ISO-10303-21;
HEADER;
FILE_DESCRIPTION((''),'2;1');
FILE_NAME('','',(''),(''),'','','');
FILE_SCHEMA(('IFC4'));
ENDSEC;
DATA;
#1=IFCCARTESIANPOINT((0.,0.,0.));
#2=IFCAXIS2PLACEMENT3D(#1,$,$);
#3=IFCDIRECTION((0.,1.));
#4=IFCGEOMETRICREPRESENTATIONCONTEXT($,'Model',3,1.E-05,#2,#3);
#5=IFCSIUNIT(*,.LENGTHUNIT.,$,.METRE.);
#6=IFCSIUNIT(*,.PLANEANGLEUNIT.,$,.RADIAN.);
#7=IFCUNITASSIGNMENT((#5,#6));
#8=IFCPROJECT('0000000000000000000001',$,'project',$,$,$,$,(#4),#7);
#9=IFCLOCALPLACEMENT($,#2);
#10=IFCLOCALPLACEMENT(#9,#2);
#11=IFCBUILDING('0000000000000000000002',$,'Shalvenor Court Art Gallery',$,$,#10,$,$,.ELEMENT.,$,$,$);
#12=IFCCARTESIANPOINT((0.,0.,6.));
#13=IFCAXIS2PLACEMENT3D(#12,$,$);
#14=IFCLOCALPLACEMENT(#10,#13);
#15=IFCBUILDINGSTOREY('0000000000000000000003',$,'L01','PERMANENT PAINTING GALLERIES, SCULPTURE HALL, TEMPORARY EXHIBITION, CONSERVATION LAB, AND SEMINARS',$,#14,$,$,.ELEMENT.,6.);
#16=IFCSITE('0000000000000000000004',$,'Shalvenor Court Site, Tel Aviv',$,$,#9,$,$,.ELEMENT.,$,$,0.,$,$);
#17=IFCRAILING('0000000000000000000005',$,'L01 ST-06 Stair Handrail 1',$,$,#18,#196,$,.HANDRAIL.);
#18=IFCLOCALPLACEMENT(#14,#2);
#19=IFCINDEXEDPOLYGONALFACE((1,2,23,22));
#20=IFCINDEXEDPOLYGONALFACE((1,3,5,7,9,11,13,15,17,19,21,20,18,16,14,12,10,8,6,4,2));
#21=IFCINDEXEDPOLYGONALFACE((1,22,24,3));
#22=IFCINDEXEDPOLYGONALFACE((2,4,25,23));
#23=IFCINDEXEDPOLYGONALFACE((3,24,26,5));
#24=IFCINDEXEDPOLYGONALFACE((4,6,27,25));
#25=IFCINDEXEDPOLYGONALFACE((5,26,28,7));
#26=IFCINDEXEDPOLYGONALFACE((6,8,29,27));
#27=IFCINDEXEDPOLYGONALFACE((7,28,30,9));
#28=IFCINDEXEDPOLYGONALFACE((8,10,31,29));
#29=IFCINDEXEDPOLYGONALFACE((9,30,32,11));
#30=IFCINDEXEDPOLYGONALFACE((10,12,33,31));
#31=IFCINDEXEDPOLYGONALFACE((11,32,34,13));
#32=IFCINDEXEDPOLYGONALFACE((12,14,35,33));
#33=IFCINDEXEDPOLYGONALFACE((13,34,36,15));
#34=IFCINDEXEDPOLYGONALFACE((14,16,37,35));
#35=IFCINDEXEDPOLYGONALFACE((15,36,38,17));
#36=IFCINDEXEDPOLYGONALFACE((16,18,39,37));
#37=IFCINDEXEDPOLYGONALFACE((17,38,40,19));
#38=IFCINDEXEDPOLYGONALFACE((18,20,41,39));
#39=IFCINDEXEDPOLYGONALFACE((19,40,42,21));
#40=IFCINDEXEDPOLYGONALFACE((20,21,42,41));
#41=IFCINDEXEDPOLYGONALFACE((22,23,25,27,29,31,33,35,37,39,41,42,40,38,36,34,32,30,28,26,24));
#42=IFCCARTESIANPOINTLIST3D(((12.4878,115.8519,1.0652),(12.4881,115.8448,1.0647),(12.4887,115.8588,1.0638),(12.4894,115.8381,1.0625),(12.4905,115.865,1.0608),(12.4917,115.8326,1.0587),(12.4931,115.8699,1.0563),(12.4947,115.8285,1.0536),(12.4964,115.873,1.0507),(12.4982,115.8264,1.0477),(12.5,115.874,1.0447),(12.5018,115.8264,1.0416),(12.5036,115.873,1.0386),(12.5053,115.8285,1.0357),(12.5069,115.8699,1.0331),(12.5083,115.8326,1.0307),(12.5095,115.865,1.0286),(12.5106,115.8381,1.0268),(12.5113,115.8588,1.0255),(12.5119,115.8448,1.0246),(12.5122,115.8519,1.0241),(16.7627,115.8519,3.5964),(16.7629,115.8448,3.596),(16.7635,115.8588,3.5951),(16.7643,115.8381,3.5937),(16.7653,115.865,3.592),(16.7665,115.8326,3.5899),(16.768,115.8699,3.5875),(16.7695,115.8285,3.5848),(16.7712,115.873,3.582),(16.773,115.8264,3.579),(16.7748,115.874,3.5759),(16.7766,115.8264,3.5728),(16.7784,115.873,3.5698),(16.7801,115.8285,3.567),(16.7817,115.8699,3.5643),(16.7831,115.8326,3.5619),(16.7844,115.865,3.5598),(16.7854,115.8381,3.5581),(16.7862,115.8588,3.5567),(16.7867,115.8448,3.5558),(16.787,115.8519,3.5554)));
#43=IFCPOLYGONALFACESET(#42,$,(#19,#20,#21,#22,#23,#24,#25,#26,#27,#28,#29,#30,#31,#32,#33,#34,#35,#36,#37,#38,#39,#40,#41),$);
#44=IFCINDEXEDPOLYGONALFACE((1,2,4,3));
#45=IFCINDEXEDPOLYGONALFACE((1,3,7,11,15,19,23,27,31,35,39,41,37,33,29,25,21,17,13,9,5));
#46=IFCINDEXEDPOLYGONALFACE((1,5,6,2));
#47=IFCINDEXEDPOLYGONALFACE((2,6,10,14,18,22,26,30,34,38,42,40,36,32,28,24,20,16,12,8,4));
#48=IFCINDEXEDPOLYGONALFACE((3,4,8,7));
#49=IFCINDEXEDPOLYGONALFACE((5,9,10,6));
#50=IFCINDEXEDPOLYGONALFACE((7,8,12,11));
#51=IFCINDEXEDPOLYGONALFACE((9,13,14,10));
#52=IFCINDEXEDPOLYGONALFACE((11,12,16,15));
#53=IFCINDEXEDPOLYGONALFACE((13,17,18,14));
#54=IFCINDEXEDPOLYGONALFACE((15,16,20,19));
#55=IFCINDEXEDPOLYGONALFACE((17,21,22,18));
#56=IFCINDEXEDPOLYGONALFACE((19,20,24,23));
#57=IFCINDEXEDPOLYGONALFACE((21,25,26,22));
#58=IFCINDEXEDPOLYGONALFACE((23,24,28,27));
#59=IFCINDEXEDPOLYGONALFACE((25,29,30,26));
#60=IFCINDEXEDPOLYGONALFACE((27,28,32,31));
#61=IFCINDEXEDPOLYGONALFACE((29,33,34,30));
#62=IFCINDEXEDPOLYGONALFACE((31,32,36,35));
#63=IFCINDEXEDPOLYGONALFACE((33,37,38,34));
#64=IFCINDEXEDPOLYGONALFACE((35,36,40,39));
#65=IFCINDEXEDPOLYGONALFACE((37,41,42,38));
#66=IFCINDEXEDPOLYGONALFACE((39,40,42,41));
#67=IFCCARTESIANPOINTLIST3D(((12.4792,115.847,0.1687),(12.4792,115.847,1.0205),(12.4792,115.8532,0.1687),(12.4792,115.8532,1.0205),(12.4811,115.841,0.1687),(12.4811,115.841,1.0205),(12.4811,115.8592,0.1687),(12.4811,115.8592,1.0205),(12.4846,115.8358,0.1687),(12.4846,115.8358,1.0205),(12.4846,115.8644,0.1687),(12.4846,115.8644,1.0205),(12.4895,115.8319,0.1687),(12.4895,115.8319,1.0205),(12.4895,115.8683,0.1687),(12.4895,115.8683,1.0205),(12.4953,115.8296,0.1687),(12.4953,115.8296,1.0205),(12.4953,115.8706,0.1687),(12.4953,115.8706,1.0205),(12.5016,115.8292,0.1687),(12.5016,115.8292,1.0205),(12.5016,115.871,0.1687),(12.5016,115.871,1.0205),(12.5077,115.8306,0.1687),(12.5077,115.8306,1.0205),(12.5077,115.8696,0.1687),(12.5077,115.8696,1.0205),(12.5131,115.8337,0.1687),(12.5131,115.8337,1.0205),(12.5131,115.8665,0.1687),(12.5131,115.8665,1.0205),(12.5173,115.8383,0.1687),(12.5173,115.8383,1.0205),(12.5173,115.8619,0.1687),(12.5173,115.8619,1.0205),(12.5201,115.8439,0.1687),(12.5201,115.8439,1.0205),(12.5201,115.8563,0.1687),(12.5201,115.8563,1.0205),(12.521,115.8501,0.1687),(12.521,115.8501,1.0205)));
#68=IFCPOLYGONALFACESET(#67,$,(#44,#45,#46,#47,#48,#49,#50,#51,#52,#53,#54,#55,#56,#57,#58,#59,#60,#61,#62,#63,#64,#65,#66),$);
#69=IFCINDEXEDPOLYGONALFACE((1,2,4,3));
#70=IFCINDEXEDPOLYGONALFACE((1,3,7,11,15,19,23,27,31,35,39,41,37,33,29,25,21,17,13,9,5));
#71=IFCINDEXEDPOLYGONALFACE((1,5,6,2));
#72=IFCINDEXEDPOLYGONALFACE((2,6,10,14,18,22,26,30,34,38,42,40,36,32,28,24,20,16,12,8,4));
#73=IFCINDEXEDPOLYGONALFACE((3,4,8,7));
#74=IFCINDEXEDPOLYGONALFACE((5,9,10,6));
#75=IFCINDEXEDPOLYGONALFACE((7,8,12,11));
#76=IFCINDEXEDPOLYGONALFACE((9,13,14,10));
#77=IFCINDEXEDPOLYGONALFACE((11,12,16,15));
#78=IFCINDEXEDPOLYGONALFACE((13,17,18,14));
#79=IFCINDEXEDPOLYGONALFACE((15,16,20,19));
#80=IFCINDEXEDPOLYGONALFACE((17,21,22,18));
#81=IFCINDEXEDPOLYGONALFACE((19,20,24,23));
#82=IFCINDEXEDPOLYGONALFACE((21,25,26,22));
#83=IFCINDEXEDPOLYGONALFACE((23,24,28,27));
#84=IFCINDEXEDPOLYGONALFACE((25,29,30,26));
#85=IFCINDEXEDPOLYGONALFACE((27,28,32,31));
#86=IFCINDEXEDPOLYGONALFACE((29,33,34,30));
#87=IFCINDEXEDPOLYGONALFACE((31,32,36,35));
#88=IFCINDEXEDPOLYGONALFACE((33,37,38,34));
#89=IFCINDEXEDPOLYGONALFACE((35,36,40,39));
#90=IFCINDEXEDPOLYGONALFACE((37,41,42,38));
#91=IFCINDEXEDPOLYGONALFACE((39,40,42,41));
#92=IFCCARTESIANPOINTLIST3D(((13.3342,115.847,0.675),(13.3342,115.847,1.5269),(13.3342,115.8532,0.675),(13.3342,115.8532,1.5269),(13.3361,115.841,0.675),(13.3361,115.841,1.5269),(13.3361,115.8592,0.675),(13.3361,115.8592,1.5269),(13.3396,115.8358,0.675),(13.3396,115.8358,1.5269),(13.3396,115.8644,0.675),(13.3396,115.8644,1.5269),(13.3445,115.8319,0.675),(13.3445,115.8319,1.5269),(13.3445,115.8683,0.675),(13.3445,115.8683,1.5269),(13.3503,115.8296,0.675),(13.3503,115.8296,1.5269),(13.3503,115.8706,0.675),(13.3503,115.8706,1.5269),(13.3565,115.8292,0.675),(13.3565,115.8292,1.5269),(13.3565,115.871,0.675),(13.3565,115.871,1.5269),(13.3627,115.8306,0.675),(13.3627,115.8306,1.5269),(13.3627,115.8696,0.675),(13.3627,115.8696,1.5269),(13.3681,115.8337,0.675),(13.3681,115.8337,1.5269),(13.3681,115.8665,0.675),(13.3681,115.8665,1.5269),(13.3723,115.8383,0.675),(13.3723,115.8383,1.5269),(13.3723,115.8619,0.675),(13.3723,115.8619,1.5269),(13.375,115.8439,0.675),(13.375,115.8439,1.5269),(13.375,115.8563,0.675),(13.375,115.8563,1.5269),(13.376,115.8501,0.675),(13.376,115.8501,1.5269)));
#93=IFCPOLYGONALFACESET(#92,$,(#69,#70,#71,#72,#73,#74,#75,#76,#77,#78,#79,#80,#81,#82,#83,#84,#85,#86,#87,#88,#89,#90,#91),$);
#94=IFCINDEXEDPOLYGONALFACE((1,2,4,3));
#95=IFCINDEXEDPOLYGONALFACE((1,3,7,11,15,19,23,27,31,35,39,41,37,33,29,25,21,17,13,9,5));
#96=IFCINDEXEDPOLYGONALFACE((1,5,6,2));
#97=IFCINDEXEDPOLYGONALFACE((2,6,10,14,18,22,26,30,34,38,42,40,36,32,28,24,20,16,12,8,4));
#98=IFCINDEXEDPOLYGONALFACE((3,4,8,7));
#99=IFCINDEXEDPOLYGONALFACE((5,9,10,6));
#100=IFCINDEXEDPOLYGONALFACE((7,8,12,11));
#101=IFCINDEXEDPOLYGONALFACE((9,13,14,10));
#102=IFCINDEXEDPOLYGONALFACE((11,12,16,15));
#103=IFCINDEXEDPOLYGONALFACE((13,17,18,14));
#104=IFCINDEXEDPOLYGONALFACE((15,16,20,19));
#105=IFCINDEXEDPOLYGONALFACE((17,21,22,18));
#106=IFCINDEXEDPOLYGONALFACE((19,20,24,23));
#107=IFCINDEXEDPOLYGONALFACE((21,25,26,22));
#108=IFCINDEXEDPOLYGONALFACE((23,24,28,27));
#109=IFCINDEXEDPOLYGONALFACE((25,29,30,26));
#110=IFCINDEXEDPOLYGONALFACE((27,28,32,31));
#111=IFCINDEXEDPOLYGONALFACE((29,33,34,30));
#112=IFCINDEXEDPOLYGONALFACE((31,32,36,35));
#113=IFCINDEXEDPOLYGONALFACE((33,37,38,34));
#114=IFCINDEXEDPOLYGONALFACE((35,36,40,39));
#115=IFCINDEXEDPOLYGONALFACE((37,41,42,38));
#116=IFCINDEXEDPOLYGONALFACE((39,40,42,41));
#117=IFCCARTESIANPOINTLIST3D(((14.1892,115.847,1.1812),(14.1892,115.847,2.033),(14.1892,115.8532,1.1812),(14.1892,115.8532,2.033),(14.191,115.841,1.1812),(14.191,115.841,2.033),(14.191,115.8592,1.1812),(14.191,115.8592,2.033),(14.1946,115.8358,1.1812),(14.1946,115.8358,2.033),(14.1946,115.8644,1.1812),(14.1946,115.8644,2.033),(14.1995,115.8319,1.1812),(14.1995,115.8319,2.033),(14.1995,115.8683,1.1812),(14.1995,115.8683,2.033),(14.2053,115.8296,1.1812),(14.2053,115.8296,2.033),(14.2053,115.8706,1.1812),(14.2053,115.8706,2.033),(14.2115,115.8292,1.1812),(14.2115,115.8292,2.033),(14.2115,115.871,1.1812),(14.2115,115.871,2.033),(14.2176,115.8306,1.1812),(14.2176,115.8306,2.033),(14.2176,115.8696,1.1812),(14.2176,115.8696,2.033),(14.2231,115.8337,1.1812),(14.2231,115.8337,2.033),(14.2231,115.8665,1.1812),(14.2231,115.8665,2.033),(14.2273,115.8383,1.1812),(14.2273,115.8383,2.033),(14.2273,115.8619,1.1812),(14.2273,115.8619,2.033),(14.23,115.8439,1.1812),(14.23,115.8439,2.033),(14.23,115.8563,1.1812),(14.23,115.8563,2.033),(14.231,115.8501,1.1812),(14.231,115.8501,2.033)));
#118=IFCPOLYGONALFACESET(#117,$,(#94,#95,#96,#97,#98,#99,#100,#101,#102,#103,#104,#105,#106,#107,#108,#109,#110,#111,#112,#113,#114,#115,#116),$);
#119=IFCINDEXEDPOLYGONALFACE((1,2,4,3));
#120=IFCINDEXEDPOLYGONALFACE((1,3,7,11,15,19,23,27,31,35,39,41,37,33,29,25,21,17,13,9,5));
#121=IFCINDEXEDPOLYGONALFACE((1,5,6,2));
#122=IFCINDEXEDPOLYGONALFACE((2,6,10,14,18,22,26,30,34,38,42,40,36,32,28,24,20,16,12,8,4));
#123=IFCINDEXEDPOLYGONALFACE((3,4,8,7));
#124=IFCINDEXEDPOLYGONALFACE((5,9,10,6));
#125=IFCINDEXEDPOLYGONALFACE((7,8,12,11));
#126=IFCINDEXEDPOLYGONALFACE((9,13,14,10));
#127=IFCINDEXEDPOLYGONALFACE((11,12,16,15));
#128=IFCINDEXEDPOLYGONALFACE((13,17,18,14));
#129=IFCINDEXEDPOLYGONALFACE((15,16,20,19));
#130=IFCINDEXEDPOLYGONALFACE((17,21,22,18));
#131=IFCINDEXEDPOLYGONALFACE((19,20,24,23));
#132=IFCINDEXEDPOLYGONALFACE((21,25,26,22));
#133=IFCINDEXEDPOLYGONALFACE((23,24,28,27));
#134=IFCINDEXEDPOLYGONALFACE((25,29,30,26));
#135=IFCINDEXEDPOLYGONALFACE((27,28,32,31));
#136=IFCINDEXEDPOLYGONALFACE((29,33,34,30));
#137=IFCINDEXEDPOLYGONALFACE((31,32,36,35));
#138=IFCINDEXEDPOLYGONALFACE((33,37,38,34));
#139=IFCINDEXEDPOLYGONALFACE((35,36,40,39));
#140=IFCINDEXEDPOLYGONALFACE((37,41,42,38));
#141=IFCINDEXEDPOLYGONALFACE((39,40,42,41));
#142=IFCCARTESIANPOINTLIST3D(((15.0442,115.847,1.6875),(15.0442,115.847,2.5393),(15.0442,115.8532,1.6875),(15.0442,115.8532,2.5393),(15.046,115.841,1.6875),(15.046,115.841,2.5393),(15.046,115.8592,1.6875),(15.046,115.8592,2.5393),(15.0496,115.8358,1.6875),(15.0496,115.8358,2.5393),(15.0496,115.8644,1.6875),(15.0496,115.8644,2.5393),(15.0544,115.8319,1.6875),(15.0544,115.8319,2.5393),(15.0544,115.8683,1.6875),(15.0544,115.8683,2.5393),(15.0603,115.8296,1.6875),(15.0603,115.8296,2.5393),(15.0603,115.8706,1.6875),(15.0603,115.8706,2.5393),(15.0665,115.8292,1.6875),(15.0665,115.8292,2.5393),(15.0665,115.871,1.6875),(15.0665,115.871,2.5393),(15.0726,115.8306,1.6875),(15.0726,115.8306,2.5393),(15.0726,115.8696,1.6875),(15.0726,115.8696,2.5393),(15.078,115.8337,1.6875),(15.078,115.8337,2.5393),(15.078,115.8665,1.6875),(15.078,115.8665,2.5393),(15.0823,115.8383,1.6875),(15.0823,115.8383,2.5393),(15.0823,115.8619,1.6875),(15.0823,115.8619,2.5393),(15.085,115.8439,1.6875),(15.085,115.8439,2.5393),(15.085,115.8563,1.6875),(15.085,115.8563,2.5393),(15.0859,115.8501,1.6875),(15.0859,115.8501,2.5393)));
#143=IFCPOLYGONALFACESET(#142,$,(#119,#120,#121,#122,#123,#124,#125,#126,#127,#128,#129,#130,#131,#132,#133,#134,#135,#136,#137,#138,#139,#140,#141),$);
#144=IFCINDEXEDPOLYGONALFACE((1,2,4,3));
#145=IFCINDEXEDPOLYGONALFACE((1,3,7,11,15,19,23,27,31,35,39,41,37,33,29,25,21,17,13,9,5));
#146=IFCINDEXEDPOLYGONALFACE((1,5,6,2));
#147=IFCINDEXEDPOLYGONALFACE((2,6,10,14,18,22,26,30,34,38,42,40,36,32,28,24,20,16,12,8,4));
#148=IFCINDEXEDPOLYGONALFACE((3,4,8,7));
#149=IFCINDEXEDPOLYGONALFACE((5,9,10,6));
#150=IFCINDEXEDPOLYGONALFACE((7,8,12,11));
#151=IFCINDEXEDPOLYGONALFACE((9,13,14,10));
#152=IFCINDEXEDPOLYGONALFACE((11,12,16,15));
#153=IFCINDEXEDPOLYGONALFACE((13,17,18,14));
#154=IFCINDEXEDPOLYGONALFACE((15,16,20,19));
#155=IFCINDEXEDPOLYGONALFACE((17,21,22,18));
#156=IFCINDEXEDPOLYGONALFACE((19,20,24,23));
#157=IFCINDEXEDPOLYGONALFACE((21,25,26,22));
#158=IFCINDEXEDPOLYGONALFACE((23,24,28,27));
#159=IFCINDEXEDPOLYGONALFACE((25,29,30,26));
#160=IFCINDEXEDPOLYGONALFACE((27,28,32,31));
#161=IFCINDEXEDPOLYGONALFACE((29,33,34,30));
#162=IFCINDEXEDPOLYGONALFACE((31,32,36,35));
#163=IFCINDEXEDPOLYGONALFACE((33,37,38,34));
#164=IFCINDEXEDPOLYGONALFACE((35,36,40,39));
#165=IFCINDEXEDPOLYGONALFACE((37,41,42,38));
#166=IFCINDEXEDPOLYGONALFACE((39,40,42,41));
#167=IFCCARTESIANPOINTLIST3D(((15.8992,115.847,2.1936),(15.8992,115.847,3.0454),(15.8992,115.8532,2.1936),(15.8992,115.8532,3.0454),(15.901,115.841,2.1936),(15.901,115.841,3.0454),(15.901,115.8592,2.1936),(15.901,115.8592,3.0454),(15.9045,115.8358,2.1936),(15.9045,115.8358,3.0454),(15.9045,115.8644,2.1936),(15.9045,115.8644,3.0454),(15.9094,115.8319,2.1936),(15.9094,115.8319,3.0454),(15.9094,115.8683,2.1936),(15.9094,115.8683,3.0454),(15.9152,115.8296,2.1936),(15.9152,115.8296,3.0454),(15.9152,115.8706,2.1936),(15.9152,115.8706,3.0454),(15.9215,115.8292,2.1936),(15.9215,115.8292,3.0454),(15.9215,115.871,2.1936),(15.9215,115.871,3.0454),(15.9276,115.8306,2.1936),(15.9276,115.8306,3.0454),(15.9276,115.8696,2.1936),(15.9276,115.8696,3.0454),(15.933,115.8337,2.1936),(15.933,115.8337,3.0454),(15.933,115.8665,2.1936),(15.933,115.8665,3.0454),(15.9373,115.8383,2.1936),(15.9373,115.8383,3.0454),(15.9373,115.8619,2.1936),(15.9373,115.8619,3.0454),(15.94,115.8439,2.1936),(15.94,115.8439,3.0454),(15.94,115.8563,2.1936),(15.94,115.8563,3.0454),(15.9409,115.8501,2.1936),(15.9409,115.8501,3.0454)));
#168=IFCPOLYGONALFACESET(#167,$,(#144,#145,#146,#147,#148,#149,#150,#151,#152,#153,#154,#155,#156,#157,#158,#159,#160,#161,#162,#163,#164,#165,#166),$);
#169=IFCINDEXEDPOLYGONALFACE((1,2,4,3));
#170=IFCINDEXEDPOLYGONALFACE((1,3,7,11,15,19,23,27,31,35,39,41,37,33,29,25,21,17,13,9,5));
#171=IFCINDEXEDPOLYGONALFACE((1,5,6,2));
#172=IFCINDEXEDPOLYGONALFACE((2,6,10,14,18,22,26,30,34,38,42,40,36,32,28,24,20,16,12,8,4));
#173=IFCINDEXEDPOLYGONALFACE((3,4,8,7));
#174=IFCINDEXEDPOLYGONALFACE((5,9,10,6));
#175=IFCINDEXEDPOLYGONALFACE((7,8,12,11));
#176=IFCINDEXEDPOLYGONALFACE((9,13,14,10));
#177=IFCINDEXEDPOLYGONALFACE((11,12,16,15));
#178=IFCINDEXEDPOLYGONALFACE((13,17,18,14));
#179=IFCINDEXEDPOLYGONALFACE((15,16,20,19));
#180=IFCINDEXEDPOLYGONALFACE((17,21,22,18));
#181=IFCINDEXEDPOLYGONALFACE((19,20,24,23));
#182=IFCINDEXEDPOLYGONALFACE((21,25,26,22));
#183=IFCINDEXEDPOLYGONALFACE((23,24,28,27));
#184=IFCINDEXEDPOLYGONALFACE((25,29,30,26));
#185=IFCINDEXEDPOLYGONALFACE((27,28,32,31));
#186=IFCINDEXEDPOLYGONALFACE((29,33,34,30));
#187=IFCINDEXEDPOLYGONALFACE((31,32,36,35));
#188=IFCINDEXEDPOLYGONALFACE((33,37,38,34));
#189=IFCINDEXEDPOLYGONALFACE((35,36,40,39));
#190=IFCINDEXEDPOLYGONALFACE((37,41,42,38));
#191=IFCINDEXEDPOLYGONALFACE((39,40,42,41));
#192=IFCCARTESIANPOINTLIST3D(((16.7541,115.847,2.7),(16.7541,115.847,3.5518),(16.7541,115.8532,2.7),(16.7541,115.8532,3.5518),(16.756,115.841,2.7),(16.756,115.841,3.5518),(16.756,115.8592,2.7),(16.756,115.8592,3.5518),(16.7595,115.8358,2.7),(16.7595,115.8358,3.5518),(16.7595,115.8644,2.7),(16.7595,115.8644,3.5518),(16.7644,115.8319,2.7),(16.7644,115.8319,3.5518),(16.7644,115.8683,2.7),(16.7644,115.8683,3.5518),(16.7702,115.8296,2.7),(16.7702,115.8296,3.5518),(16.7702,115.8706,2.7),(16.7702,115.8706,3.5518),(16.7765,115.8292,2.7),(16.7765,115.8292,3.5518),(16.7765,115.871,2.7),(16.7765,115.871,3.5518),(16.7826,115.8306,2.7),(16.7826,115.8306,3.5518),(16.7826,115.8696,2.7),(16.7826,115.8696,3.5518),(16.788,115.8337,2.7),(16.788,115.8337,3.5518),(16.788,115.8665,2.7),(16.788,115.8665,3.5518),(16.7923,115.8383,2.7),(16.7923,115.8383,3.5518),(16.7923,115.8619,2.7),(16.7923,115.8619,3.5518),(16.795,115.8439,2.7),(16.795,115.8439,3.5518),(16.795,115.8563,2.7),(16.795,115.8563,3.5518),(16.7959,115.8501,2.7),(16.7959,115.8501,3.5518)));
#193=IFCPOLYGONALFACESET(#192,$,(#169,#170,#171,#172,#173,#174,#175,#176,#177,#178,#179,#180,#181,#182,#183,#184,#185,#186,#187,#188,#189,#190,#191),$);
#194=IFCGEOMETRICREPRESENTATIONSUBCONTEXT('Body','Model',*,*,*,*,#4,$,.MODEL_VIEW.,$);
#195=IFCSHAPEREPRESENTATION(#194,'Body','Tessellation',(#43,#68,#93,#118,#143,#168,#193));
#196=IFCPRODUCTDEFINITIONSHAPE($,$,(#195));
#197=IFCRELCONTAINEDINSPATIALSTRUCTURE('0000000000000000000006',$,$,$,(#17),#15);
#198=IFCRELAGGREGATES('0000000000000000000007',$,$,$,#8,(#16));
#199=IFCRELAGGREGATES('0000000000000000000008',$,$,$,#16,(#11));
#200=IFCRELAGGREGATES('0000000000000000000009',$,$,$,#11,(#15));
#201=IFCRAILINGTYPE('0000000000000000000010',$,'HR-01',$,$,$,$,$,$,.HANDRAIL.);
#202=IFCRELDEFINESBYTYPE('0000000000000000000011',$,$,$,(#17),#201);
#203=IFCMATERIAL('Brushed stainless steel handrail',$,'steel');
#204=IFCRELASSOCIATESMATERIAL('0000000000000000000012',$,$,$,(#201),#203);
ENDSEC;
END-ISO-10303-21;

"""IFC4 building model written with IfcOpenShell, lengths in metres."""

from ifc_helpers import new_model, si_unit, direction, frame, origin, origin_2d, place, context, subcontext, project, spatial, circle, extrude, material, type_object, element, save


model = new_model("IFC4")

# Units and contexts
model_context = context("Model", 3, precision=1e-05, world=origin(), true_north=direction((0.0, 1.0)))
body_context = subcontext(model_context, "Body", "Model", "MODEL_VIEW")
ifc_project = project(units=[si_unit("LENGTHUNIT", "METRE"), si_unit("PLANEANGLEUNIT", "RADIAN")], contexts=[model_context])

# Site, building, storey
site_placement = place(None, origin())
site = spatial("IfcSite", under=ifc_project, at=site_placement, Name="Shalvenor Court Site, Tel Aviv", CompositionType="ELEMENT", RefElevation=0.0)
building_placement = place(site_placement, origin())
building = spatial("IfcBuilding", under=site, at=building_placement, Name="Shalvenor Court Art Gallery", CompositionType="ELEMENT")
storey_placement = place(building_placement, frame((0.0, 0.0, 6.0)))
storey = spatial("IfcBuildingStorey", under=building, at=storey_placement, Name="L01", Description="PERMANENT PAINTING GALLERIES, SCULPTURE HALL, TEMPORARY EXHIBITION, CONSERVATION LAB, AND SEMINARS", CompositionType="ELEMENT", Elevation=6.0)

# Railing
ifc_material_1 = material(Name="Brushed stainless steel handrail", Category="steel")
railing_type = type_object("IfcRailingType", Name="HR-01", PredefinedType="HANDRAIL", material=ifc_material_1)
railing_placement = place(storey_placement, frame((12.5, 115.8501, 0.1687)))
element("IfcRailing", 1, at=railing_placement, inside=storey, type_object=railing_type, Name="L01 ST-06 Stair Handrail 1", PredefinedType="HANDRAIL", context=body_context, shape_type="SweptSolid", body=[
    extrude(circle(Radius=0.0239, at=origin_2d()), frame((0.0, 0.0, 0.876), z_axis=(0.86047, 0.0, 0.509501), x_axis=(0.0, 1.0, 0.0)), (0.0, 0.0, 1.0), 4.968),
    extrude(circle(Radius=0.021, at=origin_2d()), origin(), (0.0, 0.0, 1.0), 0.8518),
    extrude(circle(Radius=0.021, at=origin_2d()), frame((0.855, 0.0, 0.5063)), (0.0, 0.0, 1.0), 0.8518),
    extrude(circle(Radius=0.021, at=origin_2d()), frame((1.71, 0.0, 1.0125)), (0.0, 0.0, 1.0), 0.8518),
    extrude(circle(Radius=0.021, at=origin_2d()), frame((2.5649, 0.0, 1.5188)), (0.0, 0.0, 1.0), 0.8518),
    extrude(circle(Radius=0.021, at=origin_2d()), frame((3.4199, 0.0, 2.0249)), (0.0, 0.0, 1.0), 0.8518),
    extrude(circle(Radius=0.021, at=origin_2d()), frame((4.2749, 0.0, 2.5312)), (0.0, 0.0, 1.0), 0.8518),
])

save(model, "model.ifc")
